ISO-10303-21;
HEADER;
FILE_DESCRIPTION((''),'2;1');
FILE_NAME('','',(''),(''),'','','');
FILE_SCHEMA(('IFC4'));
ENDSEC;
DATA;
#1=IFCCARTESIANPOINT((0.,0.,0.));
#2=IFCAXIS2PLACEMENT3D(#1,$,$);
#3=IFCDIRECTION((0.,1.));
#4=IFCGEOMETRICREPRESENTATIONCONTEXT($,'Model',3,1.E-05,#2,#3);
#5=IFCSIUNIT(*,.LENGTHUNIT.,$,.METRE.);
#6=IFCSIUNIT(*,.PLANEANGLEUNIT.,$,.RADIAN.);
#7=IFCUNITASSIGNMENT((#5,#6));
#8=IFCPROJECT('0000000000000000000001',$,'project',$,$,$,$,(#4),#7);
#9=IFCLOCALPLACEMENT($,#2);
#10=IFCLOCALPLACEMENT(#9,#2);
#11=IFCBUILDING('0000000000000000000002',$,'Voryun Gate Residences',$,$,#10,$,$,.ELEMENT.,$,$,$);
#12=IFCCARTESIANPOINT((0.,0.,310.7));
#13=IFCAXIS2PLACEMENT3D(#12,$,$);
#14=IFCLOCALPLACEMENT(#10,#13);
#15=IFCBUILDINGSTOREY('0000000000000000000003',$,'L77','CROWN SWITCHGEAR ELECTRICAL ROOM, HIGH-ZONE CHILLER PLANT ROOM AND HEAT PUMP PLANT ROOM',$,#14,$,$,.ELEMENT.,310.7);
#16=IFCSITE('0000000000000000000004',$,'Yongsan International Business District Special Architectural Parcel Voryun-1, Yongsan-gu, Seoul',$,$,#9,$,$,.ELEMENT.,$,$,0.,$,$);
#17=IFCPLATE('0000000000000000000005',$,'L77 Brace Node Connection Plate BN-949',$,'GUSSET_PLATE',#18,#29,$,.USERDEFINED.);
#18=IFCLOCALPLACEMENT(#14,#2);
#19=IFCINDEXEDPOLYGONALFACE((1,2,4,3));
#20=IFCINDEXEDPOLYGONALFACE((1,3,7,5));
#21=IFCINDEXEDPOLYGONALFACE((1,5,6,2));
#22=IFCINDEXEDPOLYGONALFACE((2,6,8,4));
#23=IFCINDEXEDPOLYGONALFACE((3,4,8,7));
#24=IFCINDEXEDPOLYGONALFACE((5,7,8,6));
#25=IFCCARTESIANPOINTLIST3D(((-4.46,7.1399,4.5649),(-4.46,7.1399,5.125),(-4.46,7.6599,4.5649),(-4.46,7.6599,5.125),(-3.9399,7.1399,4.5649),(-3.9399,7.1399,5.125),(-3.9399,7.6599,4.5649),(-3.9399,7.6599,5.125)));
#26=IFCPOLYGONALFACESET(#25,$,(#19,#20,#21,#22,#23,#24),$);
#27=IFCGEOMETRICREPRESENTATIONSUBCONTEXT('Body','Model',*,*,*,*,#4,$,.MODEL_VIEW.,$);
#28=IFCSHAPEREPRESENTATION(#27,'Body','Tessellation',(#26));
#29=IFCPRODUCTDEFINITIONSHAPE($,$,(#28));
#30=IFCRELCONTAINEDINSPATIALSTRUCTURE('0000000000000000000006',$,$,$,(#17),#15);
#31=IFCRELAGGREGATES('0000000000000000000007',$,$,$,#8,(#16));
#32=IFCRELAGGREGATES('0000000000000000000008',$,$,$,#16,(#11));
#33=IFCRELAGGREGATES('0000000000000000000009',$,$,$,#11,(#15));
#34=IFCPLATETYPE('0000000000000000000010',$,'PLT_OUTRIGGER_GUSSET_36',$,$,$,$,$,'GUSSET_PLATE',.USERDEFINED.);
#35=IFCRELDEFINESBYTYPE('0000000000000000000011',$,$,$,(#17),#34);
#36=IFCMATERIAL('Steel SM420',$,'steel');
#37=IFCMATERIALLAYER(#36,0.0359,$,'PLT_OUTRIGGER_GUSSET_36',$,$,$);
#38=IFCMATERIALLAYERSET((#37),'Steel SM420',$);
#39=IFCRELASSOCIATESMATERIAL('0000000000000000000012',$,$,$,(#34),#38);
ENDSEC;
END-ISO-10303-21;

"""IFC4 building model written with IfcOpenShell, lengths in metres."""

from ifc_helpers import new_model, si_unit, direction, frame, origin, origin_2d, place, context, subcontext, project, spatial, rectangle, extrude, material, layer, layer_set, type_object, element, save


model = new_model("IFC4")

# Units and contexts
model_context = context("Model", 3, precision=1e-05, world=origin(), true_north=direction((0.0, 1.0)))
body_context = subcontext(model_context, "Body", "Model", "MODEL_VIEW")
ifc_project = project(units=[si_unit("LENGTHUNIT", "METRE"), si_unit("PLANEANGLEUNIT", "RADIAN")], contexts=[model_context])

# Site, building, storey
site_placement = place(None, origin())
site = spatial("IfcSite", under=ifc_project, at=site_placement, Name="Yongsan International Business District Special Architectural Parcel Voryun-1, Yongsan-gu, Seoul", CompositionType="ELEMENT", RefElevation=0.0)
building_placement = place(site_placement, origin())
building = spatial("IfcBuilding", under=site, at=building_placement, Name="Voryun Gate Residences", CompositionType="ELEMENT")
storey_placement = place(building_placement, frame((0.0, 0.0, 310.7)))
storey = spatial("IfcBuildingStorey", under=building, at=storey_placement, Name="L77", Description="CROWN SWITCHGEAR ELECTRICAL ROOM, HIGH-ZONE CHILLER PLANT ROOM AND HEAT PUMP PLANT ROOM", CompositionType="ELEMENT", Elevation=310.7)

# Plate
ifc_material_1 = material(Name="Steel SM420", Category="steel")
ifc_layer_1 = layer(ifc_material_1, 0.0359, Name="PLT_OUTRIGGER_GUSSET_36")
ifc_layer_set_1 = layer_set([ifc_layer_1], Name="Steel SM420")
plate_type_1 = type_object("IfcPlateType", Name="PLT_OUTRIGGER_GUSSET_36", ElementType="GUSSET_PLATE", PredefinedType="USERDEFINED", material=ifc_layer_set_1)
plate_1_placement = place(storey_placement, frame((-4.2, 7.3999, 4.5649), z_axis=(0.0, 0.0, 1.0), x_axis=(1.0, 0.0, 0.0)))
element("IfcPlate", 1, at=plate_1_placement, inside=storey, type_object=plate_type_1, Name="L77 Brace Node Connection Plate BN-949", ObjectType="GUSSET_PLATE", PredefinedType="USERDEFINED", context=body_context, shape_type="SweptSolid", body=[
    extrude(rectangle(XDim=0.52, YDim=0.52, at=origin_2d()), origin(), (0.0, 0.0, 1.0), 0.5601),
])

save(model, "model.ifc")
